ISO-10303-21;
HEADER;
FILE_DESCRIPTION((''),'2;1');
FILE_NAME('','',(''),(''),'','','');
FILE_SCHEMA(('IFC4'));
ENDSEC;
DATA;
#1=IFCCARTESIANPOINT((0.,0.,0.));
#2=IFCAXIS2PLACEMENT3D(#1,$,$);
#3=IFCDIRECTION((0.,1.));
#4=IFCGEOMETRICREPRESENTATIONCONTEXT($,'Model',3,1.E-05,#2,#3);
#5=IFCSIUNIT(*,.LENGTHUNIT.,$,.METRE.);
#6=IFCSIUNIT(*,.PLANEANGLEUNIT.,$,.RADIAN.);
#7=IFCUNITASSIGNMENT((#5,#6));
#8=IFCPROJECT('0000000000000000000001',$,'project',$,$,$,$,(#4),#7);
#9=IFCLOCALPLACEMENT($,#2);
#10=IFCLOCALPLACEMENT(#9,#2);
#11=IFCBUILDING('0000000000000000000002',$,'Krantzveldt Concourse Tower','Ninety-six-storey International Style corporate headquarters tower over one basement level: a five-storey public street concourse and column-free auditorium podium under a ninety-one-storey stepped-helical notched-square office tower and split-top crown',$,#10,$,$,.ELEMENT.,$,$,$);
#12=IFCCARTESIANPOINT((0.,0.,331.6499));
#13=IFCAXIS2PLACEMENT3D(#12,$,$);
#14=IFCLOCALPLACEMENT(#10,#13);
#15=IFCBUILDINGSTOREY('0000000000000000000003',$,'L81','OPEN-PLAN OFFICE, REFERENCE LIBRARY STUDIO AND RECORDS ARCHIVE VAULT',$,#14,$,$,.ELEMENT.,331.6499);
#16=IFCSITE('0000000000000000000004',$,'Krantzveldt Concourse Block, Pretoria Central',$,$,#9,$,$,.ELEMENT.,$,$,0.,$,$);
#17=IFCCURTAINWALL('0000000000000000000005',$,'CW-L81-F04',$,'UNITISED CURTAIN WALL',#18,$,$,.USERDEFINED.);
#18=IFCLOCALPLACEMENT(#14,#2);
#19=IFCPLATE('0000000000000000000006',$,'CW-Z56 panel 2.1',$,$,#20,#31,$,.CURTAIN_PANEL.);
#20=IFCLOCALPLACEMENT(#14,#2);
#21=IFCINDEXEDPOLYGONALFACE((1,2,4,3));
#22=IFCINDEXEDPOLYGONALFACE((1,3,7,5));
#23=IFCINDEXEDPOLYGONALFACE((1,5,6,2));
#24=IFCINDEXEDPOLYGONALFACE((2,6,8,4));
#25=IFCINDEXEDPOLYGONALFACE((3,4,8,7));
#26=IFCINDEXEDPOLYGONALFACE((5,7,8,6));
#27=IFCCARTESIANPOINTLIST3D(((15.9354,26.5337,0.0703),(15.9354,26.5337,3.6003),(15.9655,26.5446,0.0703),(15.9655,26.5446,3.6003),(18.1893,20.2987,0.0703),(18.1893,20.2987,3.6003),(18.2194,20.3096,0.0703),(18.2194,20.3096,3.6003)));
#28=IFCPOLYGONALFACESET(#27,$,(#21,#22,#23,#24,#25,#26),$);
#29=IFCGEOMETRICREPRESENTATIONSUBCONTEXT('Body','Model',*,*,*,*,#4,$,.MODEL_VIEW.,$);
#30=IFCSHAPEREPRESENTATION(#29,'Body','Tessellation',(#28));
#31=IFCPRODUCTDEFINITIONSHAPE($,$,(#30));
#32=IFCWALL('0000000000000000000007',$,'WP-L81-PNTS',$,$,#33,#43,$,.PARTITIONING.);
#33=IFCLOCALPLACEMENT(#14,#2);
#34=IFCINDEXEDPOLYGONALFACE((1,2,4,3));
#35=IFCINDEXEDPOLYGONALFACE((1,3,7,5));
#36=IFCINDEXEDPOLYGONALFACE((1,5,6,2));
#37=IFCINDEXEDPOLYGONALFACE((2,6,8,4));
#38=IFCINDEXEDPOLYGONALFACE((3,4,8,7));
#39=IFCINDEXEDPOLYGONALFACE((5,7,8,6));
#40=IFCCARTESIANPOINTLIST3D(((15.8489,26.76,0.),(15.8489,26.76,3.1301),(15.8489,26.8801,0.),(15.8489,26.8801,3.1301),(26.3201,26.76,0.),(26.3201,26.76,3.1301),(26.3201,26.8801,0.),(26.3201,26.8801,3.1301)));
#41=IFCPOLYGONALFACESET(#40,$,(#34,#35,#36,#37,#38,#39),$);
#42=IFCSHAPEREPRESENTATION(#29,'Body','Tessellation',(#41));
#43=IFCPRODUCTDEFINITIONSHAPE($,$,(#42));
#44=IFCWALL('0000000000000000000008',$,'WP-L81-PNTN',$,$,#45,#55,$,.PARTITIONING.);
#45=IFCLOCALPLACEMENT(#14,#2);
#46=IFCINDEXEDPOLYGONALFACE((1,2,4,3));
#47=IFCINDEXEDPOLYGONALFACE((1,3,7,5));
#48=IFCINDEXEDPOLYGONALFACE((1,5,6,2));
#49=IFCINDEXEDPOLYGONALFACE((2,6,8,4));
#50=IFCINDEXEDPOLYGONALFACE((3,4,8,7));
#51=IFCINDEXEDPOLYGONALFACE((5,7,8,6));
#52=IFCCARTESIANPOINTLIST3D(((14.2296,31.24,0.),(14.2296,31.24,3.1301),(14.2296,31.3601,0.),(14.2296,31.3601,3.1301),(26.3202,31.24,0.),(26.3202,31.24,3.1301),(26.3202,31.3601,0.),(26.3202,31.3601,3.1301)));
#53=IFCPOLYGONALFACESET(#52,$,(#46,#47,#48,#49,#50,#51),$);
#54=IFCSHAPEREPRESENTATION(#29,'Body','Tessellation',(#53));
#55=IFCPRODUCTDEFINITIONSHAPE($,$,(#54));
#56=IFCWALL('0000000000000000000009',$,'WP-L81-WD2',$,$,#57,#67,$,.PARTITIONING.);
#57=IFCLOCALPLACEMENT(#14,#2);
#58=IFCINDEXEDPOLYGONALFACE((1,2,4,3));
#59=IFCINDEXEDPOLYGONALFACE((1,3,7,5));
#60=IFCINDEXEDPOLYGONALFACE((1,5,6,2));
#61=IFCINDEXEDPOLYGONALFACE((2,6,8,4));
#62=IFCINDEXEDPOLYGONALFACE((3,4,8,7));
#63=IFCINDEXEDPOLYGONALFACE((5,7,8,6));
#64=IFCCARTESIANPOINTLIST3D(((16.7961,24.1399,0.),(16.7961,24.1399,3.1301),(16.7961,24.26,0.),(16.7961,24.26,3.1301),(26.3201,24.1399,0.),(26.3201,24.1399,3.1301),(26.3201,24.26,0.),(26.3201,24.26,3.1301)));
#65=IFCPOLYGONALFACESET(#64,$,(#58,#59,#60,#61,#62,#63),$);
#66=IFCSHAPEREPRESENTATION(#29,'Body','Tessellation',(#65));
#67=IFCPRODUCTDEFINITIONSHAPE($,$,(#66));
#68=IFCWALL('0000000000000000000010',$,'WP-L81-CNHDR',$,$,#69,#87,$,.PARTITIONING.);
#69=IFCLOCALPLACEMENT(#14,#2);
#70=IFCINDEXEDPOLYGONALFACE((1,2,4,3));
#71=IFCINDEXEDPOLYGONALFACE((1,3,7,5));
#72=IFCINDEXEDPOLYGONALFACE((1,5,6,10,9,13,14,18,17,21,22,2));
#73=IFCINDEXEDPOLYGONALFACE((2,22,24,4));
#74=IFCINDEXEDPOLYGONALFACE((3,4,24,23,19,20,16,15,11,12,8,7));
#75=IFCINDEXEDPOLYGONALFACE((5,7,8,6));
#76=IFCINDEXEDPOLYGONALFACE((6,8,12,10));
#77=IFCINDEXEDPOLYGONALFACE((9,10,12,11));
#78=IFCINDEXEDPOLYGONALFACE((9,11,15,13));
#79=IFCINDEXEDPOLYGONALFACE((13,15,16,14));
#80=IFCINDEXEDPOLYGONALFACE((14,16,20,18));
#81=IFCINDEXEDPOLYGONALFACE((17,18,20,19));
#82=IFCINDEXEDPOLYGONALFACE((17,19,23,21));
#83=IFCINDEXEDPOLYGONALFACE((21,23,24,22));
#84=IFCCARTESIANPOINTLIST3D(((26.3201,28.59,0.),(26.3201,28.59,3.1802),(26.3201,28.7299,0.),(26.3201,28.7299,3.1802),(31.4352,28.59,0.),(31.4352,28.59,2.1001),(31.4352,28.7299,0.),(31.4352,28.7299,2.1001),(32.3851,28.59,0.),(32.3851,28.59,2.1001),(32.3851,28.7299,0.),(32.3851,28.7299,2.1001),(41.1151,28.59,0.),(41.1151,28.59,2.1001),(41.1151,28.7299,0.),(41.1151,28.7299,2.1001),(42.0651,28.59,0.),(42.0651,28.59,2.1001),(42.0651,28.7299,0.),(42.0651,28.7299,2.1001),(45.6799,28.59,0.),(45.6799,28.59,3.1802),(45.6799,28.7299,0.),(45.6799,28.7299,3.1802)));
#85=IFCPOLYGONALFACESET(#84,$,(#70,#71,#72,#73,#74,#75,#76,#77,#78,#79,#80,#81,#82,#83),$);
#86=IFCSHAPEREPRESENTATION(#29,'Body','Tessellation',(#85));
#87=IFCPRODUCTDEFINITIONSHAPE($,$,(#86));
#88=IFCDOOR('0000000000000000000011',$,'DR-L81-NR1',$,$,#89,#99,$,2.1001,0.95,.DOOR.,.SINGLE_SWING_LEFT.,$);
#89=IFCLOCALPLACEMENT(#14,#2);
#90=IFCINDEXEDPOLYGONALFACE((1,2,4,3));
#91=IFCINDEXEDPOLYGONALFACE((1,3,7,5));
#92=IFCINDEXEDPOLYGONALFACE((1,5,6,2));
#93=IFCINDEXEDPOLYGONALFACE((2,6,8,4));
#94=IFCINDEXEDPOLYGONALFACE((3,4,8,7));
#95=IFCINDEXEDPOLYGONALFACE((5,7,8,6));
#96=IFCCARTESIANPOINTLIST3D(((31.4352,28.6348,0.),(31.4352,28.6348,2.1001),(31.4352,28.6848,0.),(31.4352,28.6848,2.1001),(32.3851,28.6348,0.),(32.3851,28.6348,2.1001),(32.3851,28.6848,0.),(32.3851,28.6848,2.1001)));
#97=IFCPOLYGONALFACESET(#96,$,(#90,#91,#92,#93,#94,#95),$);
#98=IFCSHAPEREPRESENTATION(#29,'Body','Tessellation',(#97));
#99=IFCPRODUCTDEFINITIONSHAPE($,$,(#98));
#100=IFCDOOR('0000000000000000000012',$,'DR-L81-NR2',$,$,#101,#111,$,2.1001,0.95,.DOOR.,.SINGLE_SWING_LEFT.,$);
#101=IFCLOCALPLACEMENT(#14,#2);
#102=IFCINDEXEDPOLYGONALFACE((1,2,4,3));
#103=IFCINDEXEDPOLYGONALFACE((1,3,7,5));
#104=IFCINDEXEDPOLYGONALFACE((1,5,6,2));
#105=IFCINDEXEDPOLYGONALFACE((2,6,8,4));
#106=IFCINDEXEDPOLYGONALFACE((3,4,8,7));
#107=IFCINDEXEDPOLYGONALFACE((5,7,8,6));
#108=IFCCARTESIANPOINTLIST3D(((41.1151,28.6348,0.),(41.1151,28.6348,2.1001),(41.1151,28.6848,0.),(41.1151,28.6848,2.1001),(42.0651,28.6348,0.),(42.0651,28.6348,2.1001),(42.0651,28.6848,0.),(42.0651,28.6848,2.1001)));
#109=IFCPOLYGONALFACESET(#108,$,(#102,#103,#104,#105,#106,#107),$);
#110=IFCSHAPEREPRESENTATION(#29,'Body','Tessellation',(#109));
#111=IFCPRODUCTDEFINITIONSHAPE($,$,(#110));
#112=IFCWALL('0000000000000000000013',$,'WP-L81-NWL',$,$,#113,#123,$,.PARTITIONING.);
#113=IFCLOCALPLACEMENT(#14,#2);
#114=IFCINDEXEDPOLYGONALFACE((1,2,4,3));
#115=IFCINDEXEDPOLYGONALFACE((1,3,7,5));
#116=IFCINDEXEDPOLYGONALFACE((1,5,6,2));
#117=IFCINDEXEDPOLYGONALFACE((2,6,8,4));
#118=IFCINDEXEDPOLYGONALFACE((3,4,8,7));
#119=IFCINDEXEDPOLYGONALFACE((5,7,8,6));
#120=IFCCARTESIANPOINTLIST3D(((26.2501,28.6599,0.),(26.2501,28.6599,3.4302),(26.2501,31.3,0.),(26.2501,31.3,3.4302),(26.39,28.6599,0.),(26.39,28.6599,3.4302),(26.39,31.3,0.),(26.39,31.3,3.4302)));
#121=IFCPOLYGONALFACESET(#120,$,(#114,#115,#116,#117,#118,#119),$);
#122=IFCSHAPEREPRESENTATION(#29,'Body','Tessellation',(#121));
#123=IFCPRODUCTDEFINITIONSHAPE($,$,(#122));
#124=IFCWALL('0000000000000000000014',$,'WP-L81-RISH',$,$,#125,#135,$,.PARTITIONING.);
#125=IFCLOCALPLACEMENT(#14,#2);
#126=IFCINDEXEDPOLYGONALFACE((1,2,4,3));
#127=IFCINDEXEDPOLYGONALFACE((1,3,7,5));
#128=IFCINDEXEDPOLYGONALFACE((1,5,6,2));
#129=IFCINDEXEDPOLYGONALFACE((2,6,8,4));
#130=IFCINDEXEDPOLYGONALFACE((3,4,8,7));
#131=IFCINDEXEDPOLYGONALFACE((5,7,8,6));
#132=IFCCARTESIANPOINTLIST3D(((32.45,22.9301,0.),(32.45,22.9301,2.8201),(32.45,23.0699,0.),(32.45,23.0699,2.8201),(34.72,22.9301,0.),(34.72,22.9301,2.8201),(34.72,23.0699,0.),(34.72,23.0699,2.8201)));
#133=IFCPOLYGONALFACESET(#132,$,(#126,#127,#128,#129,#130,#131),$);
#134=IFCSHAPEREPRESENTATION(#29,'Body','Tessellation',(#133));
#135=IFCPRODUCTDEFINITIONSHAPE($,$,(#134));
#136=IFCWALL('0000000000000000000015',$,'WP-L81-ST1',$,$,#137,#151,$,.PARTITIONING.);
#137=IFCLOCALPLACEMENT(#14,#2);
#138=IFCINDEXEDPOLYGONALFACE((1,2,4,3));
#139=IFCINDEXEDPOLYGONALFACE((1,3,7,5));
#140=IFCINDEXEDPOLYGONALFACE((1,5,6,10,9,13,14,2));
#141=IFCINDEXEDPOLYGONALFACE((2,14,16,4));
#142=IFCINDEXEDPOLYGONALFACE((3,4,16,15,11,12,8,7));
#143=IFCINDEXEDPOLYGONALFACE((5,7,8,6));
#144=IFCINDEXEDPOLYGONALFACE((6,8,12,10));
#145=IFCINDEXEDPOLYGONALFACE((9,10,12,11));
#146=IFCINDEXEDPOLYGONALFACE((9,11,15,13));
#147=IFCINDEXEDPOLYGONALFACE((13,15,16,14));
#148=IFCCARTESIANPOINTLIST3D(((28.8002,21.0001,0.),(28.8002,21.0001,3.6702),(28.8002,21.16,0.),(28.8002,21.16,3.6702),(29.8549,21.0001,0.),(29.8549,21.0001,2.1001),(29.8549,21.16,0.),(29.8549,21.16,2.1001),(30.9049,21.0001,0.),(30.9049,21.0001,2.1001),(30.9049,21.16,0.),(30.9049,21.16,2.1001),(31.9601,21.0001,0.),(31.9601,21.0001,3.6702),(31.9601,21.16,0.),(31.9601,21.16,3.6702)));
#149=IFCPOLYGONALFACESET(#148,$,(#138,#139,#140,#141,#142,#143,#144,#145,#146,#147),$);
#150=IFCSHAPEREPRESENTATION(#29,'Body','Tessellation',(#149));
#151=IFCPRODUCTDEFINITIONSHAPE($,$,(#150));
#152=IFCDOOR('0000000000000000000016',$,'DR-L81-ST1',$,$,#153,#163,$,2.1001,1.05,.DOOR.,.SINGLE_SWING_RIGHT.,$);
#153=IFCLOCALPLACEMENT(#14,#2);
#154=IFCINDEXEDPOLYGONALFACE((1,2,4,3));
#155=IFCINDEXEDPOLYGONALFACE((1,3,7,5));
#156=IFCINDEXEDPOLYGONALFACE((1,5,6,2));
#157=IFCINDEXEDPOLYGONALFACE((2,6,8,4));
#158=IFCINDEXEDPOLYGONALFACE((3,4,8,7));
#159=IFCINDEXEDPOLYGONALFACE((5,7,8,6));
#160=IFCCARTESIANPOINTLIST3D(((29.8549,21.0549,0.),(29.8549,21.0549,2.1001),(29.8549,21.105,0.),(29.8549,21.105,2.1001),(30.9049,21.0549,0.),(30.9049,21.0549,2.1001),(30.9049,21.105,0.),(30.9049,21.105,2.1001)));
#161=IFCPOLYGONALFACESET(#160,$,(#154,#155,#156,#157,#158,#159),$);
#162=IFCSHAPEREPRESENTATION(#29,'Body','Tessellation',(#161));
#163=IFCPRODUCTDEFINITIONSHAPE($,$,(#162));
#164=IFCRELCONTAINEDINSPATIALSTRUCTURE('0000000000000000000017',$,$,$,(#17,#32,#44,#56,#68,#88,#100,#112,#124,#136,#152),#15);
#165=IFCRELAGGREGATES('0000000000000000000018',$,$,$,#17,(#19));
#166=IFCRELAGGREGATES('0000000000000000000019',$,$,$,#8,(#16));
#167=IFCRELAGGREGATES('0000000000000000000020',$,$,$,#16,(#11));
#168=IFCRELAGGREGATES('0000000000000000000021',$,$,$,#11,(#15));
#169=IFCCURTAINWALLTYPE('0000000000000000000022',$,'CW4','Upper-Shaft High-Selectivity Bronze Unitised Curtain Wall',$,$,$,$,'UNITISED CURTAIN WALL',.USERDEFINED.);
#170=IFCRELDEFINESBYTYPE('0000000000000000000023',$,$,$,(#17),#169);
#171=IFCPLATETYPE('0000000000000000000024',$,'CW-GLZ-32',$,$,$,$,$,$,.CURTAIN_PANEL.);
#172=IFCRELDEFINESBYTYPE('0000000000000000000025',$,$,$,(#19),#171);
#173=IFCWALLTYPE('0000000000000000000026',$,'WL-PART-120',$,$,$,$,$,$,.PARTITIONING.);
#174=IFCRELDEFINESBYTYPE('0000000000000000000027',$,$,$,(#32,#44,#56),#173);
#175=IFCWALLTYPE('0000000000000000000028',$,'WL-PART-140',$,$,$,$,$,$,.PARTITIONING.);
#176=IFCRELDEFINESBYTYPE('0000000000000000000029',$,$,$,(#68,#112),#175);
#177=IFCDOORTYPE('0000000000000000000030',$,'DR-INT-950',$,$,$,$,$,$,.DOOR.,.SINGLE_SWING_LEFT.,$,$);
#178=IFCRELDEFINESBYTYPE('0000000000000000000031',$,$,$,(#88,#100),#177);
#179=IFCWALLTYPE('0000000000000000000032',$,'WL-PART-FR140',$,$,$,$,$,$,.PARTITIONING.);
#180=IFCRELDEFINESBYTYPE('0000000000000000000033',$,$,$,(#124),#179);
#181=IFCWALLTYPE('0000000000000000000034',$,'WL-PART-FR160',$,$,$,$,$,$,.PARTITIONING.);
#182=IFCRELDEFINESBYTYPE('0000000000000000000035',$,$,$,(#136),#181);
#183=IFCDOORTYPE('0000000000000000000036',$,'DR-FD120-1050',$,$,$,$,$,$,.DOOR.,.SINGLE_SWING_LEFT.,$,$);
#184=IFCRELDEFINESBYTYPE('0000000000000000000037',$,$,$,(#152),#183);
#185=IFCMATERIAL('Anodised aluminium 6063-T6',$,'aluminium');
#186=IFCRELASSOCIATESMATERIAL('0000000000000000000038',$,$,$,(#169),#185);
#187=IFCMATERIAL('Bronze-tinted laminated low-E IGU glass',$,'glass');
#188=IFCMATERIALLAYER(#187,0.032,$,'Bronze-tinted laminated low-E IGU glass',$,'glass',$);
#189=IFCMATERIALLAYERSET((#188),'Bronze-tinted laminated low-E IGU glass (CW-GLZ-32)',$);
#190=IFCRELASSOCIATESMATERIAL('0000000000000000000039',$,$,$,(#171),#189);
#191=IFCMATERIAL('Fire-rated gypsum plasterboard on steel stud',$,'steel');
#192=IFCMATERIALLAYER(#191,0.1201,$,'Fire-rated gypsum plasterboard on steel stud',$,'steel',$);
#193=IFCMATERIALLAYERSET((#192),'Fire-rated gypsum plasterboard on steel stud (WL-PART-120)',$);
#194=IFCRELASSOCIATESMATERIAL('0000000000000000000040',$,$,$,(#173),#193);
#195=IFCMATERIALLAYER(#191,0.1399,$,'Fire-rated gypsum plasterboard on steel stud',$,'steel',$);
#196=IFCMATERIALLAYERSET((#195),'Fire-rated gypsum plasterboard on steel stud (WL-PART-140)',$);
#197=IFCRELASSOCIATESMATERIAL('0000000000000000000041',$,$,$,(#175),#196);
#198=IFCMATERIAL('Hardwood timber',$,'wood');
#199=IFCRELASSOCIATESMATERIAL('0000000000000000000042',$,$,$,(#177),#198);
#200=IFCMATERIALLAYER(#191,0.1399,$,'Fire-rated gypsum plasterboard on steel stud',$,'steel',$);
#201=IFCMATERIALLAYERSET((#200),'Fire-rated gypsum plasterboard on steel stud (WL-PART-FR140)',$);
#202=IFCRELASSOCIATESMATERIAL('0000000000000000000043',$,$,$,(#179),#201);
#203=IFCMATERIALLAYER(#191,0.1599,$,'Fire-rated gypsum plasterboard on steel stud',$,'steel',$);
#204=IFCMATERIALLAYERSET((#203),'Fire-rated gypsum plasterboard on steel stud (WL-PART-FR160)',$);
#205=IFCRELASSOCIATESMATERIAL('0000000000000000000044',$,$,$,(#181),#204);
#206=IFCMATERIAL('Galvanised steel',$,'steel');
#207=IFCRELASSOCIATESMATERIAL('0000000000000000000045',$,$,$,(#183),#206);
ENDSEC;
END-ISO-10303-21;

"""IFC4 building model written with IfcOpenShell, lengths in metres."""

from ifc_helpers import new_model, si_unit, direction, frame, frame_2d, origin, origin_2d, place, context, subcontext, project, spatial, rectangle, extrude, source, transform, mapped, material, layer, layer_set, type_object, element, fill, aggregate, save


model = new_model("IFC4")

# Units and contexts
model_context = context("Model", 3, precision=1e-05, world=origin(), true_north=direction((0.0, 1.0)))
body_context = subcontext(model_context, "Body", "Model", "MODEL_VIEW")
ifc_project = project(units=[si_unit("LENGTHUNIT", "METRE"), si_unit("PLANEANGLEUNIT", "RADIAN")], contexts=[model_context])

# Site, building, storey
site_placement = place(None, origin())
site = spatial("IfcSite", under=ifc_project, at=site_placement, Name="Krantzveldt Concourse Block, Pretoria Central", CompositionType="ELEMENT", RefElevation=0.0)
building_placement = place(site_placement, origin())
building = spatial("IfcBuilding", under=site, at=building_placement, Name="Krantzveldt Concourse Tower", Description="Ninety-six-storey International Style corporate headquarters tower over one basement level: a five-storey public street concourse and column-free auditorium podium under a ninety-one-storey stepped-helical notched-square office tower and split-top crown", CompositionType="ELEMENT")
storey_placement = place(building_placement, frame((0.0, 0.0, 331.6499)))
storey = spatial("IfcBuildingStorey", under=building, at=storey_placement, Name="L81", Description="OPEN-PLAN OFFICE, REFERENCE LIBRARY STUDIO AND RECORDS ARCHIVE VAULT", CompositionType="ELEMENT", Elevation=331.6499)

# Curtain wall, plate
ifc_material_1 = material(Name="Anodised aluminium 6063-T6", Category="aluminium")
curtain_wall_type = type_object("IfcCurtainWallType", Name="CW4", Description="Upper-Shaft High-Selectivity Bronze Unitised Curtain Wall", ElementType="UNITISED CURTAIN WALL", PredefinedType="USERDEFINED", material=ifc_material_1)
curtain_wall_placement = place(storey_placement, origin())
curtain_wall = element("IfcCurtainWall", 1, at=curtain_wall_placement, inside=storey, type_object=curtain_wall_type, Name="CW-L81-F04", ObjectType="UNITISED CURTAIN WALL", PredefinedType="USERDEFINED")
ifc_material_2 = material(Name="Bronze-tinted laminated low-E IGU glass", Category="glass")
ifc_layer_1 = layer(ifc_material_2, 0.032, Name="Bronze-tinted laminated low-E IGU glass", Category="glass")
ifc_layer_set_1 = layer_set([ifc_layer_1], Name="Bronze-tinted laminated low-E IGU glass (CW-GLZ-32)")
plate_type = type_object("IfcPlateType", Name="CW-GLZ-32", PredefinedType="CURTAIN_PANEL", material=ifc_layer_set_1)
shared_shape_1 = source(origin(), body_context, "Body", "SweptSolid", [
    extrude(rectangle(XDim=6.6299, YDim=0.032, at=origin_2d()), origin(), (0.0, 0.0, 1.0), 3.53),
])
plate_1_placement = place(storey_placement, frame((17.0774, 23.4216, 0.0703), z_axis=(0.0, 0.0, 1.0), x_axis=(0.339969, -0.940437, 0.0)))
plate_1 = element("IfcPlate", 2, at=plate_1_placement, type_object=plate_type, Name="CW-Z56 panel 2.1", PredefinedType="CURTAIN_PANEL", context=body_context, shape_type="MappedRepresentation", body=[
    mapped(shared_shape_1, transform((0.0, 0.0, 0.0), x_axis=(1.0, 0.0, 0.0), y_axis=(0.0, 1.0, 0.0), z_axis=(0.0, 0.0, 1.0), scale=1.0)),
])
aggregate(curtain_wall, [plate_1])

# Walls
ifc_material_3 = material(Name="Fire-rated gypsum plasterboard on steel stud", Category="steel")
ifc_layer_2 = layer(ifc_material_3, 0.1201, Name="Fire-rated gypsum plasterboard on steel stud", Category="steel")
ifc_layer_set_2 = layer_set([ifc_layer_2], Name="Fire-rated gypsum plasterboard on steel stud (WL-PART-120)")
wall_type_1 = type_object("IfcWallType", Name="WL-PART-120", PredefinedType="PARTITIONING", material=ifc_layer_set_2)
wall_1_placement = place(storey_placement, frame((15.8489, 26.8201, 0.0), z_axis=(0.0, 0.0, 1.0), x_axis=(1.0, 0.0, 0.0)))
element("IfcWall", 3, at=wall_1_placement, inside=storey, type_object=wall_type_1, Name="WP-L81-PNTS", PredefinedType="PARTITIONING", context=body_context, shape_type="SweptSolid", body=[
    extrude(rectangle(XDim=10.4712, YDim=0.1201, at=frame_2d((5.2356, 0.0))), origin(), (0.0, 0.0, 1.0), 3.1301),
])
wall_2_placement = place(storey_placement, frame((14.2295, 31.3, 0.0), z_axis=(0.0, 0.0, 1.0), x_axis=(1.0, 0.0, 0.0)))
element("IfcWall", 4, at=wall_2_placement, inside=storey, type_object=wall_type_1, Name="WP-L81-PNTN", PredefinedType="PARTITIONING", context=body_context, shape_type="SweptSolid", body=[
    extrude(rectangle(XDim=12.0906, YDim=0.1201, at=frame_2d((6.0454, 0.0))), origin(), (0.0, 0.0, 1.0), 3.1301),
])
wall_3_placement = place(storey_placement, frame((16.7961, 24.2, 0.0), z_axis=(0.0, 0.0, 1.0), x_axis=(1.0, 0.0, 0.0)))
element("IfcWall", 5, at=wall_3_placement, inside=storey, type_object=wall_type_1, Name="WP-L81-WD2", PredefinedType="PARTITIONING", context=body_context, shape_type="SweptSolid", body=[
    extrude(rectangle(XDim=9.5239, YDim=0.1201, at=frame_2d((4.762, 0.0))), origin(), (0.0, 0.0, 1.0), 3.1301),
])

# Wall, openings, doors
ifc_layer_3 = layer(ifc_material_3, 0.1399, Name="Fire-rated gypsum plasterboard on steel stud", Category="steel")
ifc_layer_set_3 = layer_set([ifc_layer_3], Name="Fire-rated gypsum plasterboard on steel stud (WL-PART-140)")
wall_type_2 = type_object("IfcWallType", Name="WL-PART-140", PredefinedType="PARTITIONING", material=ifc_layer_set_3)
wall_4_placement = place(storey_placement, frame((26.3201, 28.6599, 0.0), z_axis=(0.0, 0.0, 1.0), x_axis=(1.0, 0.0, 0.0)))
wall_4 = element("IfcWall", 6, at=wall_4_placement, inside=storey, type_object=wall_type_2, Name="WP-L81-CNHDR", PredefinedType="PARTITIONING", context=body_context, shape_type="SweptSolid", body=[
    extrude(rectangle(XDim=19.3599, YDim=0.1399, at=frame_2d((9.6799, 0.0))), origin(), (0.0, 0.0, 1.0), 3.1802),
])
opening_1_placement = place(wall_4_placement, frame((5.115, 0.0, 0.0)))
opening_1 = element("IfcOpeningElement", 7, at=opening_1_placement, cuts=wall_4, PredefinedType="OPENING", context=body_context, shape_type="SweptSolid", body=[
    extrude(rectangle(XDim=0.95, YDim=2.1001, at=frame_2d((0.4751, 1.05))), frame((0.0, 0.0801, 0.0), z_axis=(0.0, -1.0, 0.0), x_axis=(1.0, 0.0, 0.0)), (0.0, 0.0, 1.0), 0.1599),
])
opening_2_placement = place(wall_4_placement, frame((14.7949, 0.0, 0.0)))
opening_2 = element("IfcOpeningElement", 8, at=opening_2_placement, cuts=wall_4, PredefinedType="OPENING", context=body_context, shape_type="SweptSolid", body=[
    extrude(rectangle(XDim=0.95, YDim=2.1001, at=frame_2d((0.4751, 1.05))), frame((0.0, 0.0801, 0.0), z_axis=(0.0, -1.0, 0.0), x_axis=(1.0, 0.0, 0.0)), (0.0, 0.0, 1.0), 0.1599),
])
ifc_material_4 = material(Name="Hardwood timber", Category="wood")
door_type_1 = type_object("IfcDoorType", Name="DR-INT-950", OperationType="SINGLE_SWING_LEFT", PredefinedType="DOOR", material=ifc_material_4)
door_1_placement = place(opening_1_placement, origin())
door_1 = element("IfcDoor", 9, at=door_1_placement, inside=storey, type_object=door_type_1, Name="DR-L81-NR1", OperationType="SINGLE_SWING_LEFT", OverallHeight=2.1001, OverallWidth=0.95, PredefinedType="DOOR", context=body_context, shape_type="SweptSolid", body=[
    extrude(rectangle(XDim=0.95, YDim=2.1001, at=frame_2d((0.4751, 1.05))), frame((0.0, 0.0249, 0.0), z_axis=(0.0, -1.0, 0.0), x_axis=(1.0, 0.0, 0.0)), (0.0, 0.0, 1.0), 0.05),
])
fill(opening_1, door_1)
door_2_placement = place(opening_2_placement, origin())
door_2 = element("IfcDoor", 10, at=door_2_placement, inside=storey, type_object=door_type_1, Name="DR-L81-NR2", OperationType="SINGLE_SWING_LEFT", OverallHeight=2.1001, OverallWidth=0.95, PredefinedType="DOOR", context=body_context, shape_type="SweptSolid", body=[
    extrude(rectangle(XDim=0.95, YDim=2.1001, at=frame_2d((0.4751, 1.05))), frame((0.0, 0.0249, 0.0), z_axis=(0.0, -1.0, 0.0), x_axis=(1.0, 0.0, 0.0)), (0.0, 0.0, 1.0), 0.05),
])
fill(opening_2, door_2)

# Walls
wall_5_placement = place(storey_placement, frame((26.3201, 28.6599, 0.0), z_axis=(0.0, 0.0, 1.0), x_axis=(0.0, 1.0, 0.0)))
element("IfcWall", 11, at=wall_5_placement, inside=storey, type_object=wall_type_2, Name="WP-L81-NWL", PredefinedType="PARTITIONING", context=body_context, shape_type="SweptSolid", body=[
    extrude(rectangle(XDim=2.6401, YDim=0.1399, at=frame_2d((1.3201, 0.0))), origin(), (0.0, 0.0, 1.0), 3.4302),
])
ifc_layer_4 = layer(ifc_material_3, 0.1399, Name="Fire-rated gypsum plasterboard on steel stud", Category="steel")
ifc_layer_set_4 = layer_set([ifc_layer_4], Name="Fire-rated gypsum plasterboard on steel stud (WL-PART-FR140)")
wall_type_3 = type_object("IfcWallType", Name="WL-PART-FR140", PredefinedType="PARTITIONING", material=ifc_layer_set_4)
wall_6_placement = place(storey_placement, frame((32.45, 23.0, 0.0), z_axis=(0.0, 0.0, 1.0), x_axis=(1.0, 0.0, 0.0)))
element("IfcWall", 12, at=wall_6_placement, inside=storey, type_object=wall_type_3, Name="WP-L81-RISH", PredefinedType="PARTITIONING", context=body_context, shape_type="SweptSolid", body=[
    extrude(rectangle(XDim=2.27, YDim=0.1399, at=frame_2d((1.135, 0.0))), origin(), (0.0, 0.0, 1.0), 2.8201),
])

# Wall, opening, door
ifc_layer_5 = layer(ifc_material_3, 0.1599, Name="Fire-rated gypsum plasterboard on steel stud", Category="steel")
ifc_layer_set_5 = layer_set([ifc_layer_5], Name="Fire-rated gypsum plasterboard on steel stud (WL-PART-FR160)")
wall_type_4 = type_object("IfcWallType", Name="WL-PART-FR160", PredefinedType="PARTITIONING", material=ifc_layer_set_5)
wall_7_placement = place(storey_placement, frame((28.8, 21.0801, 0.0), z_axis=(0.0, 0.0, 1.0), x_axis=(1.0, 0.0, 0.0)))
wall_7 = element("IfcWall", 13, at=wall_7_placement, inside=storey, type_object=wall_type_4, Name="WP-L81-ST1", PredefinedType="PARTITIONING", context=body_context, shape_type="SweptSolid", body=[
    extrude(rectangle(XDim=3.1599, YDim=0.1599, at=frame_2d((1.5801, 0.0))), origin(), (0.0, 0.0, 1.0), 3.6702),
])
opening_3_placement = place(wall_7_placement, frame((1.0549, 0.0, 0.0)))
opening_3 = element("IfcOpeningElement", 14, at=opening_3_placement, cuts=wall_7, PredefinedType="OPENING", context=body_context, shape_type="SweptSolid", body=[
    extrude(rectangle(XDim=1.05, YDim=2.1001, at=frame_2d((0.5249, 1.05))), frame((0.0, 0.0898, 0.0), z_axis=(0.0, -1.0, 0.0), x_axis=(1.0, 0.0, 0.0)), (0.0, 0.0, 1.0), 0.1799),
])
ifc_material_5 = material(Name="Galvanised steel", Category="steel")
door_type_2 = type_object("IfcDoorType", Name="DR-FD120-1050", OperationType="SINGLE_SWING_LEFT", PredefinedType="DOOR", material=ifc_material_5)
door_3_placement = place(opening_3_placement, origin())
door_3 = element("IfcDoor", 15, at=door_3_placement, inside=storey, type_object=door_type_2, Name="DR-L81-ST1", OperationType="SINGLE_SWING_RIGHT", OverallHeight=2.1001, OverallWidth=1.05, PredefinedType="DOOR", context=body_context, shape_type="SweptSolid", body=[
    extrude(rectangle(XDim=1.05, YDim=2.1001, at=frame_2d((0.5249, 1.05))), frame((0.0, 0.0249, 0.0), z_axis=(0.0, -1.0, 0.0), x_axis=(1.0, 0.0, 0.0)), (0.0, 0.0, 1.0), 0.05),
])
fill(opening_3, door_3)

save(model, "model.ifc")
